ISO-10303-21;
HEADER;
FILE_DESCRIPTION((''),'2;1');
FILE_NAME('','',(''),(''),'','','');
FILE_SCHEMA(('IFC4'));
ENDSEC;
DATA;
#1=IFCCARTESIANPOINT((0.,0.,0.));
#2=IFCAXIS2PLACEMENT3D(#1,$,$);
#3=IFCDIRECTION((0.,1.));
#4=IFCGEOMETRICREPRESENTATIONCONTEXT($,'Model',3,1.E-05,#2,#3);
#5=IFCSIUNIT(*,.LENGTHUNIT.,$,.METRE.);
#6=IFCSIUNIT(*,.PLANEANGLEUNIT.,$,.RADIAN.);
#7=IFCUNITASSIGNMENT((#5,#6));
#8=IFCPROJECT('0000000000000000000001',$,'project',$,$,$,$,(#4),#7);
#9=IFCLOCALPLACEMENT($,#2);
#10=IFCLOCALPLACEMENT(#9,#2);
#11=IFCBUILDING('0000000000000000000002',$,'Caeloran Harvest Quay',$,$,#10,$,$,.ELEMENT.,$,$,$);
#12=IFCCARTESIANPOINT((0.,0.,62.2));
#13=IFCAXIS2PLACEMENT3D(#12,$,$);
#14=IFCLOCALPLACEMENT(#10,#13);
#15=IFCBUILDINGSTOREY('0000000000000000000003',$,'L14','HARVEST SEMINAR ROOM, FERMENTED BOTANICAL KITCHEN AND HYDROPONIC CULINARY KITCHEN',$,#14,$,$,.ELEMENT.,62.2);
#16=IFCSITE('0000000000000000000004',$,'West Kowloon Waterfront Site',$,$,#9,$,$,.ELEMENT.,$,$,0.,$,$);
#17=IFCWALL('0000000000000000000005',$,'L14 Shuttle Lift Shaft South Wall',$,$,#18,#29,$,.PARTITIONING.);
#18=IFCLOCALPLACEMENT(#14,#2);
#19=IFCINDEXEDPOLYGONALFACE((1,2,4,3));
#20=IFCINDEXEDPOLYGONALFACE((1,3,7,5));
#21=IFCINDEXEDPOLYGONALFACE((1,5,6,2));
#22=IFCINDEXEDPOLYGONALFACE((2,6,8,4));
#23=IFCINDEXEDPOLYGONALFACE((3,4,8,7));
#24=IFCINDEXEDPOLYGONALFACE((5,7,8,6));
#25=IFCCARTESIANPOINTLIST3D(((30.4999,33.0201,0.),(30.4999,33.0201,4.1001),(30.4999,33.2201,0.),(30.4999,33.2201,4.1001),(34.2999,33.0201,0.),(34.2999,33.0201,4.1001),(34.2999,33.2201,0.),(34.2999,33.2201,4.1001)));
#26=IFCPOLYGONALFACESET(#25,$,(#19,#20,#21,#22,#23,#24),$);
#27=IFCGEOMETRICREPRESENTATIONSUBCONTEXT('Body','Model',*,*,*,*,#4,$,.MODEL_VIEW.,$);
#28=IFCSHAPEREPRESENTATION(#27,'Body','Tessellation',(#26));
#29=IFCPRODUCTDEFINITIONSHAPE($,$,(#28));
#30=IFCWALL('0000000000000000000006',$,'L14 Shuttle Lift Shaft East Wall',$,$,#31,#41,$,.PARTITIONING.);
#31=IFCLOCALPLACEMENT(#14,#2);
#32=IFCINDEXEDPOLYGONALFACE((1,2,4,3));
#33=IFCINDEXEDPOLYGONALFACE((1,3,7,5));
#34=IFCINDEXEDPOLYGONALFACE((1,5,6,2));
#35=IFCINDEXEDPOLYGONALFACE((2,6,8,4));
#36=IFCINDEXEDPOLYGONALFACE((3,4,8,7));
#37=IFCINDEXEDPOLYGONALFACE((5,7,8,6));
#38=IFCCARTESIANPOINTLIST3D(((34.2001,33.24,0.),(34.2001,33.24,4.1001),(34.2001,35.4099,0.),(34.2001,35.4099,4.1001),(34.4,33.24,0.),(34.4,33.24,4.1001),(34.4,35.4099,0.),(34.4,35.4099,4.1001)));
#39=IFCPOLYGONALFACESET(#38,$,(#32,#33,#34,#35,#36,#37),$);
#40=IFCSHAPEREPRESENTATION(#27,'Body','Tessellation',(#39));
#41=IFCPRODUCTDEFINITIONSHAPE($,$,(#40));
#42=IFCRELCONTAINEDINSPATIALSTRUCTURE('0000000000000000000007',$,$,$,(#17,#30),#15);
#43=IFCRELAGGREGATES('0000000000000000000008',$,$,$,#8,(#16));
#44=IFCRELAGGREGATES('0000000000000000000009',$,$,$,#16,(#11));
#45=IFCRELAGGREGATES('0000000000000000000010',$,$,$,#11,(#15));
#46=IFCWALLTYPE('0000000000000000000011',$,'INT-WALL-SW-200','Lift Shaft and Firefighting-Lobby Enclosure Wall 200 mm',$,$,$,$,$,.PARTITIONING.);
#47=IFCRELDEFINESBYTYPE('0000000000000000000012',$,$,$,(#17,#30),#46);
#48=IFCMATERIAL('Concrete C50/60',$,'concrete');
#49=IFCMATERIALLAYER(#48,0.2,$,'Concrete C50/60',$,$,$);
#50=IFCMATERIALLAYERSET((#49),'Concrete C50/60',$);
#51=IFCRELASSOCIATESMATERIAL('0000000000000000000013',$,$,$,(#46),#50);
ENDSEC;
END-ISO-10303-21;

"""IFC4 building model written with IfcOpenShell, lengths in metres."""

from ifc_helpers import new_model, si_unit, direction, frame, frame_2d, origin, place, context, subcontext, project, spatial, rectangle, extrude, material, layer, layer_set, type_object, element, save


model = new_model("IFC4")

# Units and contexts
model_context = context("Model", 3, precision=1e-05, world=origin(), true_north=direction((0.0, 1.0)))
body_context = subcontext(model_context, "Body", "Model", "MODEL_VIEW")
ifc_project = project(units=[si_unit("LENGTHUNIT", "METRE"), si_unit("PLANEANGLEUNIT", "RADIAN")], contexts=[model_context])

# Site, building, storey
site_placement = place(None, origin())
site = spatial("IfcSite", under=ifc_project, at=site_placement, Name="West Kowloon Waterfront Site", CompositionType="ELEMENT", RefElevation=0.0)
building_placement = place(site_placement, origin())
building = spatial("IfcBuilding", under=site, at=building_placement, Name="Caeloran Harvest Quay", CompositionType="ELEMENT")
storey_placement = place(building_placement, frame((0.0, 0.0, 62.2)))
storey = spatial("IfcBuildingStorey", under=building, at=storey_placement, Name="L14", Description="HARVEST SEMINAR ROOM, FERMENTED BOTANICAL KITCHEN AND HYDROPONIC CULINARY KITCHEN", CompositionType="ELEMENT", Elevation=62.2)

# Walls
ifc_material_1 = material(Name="Concrete C50/60", Category="concrete")
ifc_layer_1 = layer(ifc_material_1, 0.2, Name="Concrete C50/60")
ifc_layer_set_1 = layer_set([ifc_layer_1], Name="Concrete C50/60")
wall_type_1 = type_object("IfcWallType", Name="INT-WALL-SW-200", Description="Lift Shaft and Firefighting-Lobby Enclosure Wall 200 mm", PredefinedType="PARTITIONING", material=ifc_layer_set_1)
for number, where, z_axis, x_axis, name in (
    (1, (30.5, 33.1201, 0.0), (0.0, 0.0, 1.0), (1.0, 0.0, 0.0), "L14 Shuttle Lift Shaft South Wall"),
):
    element("IfcWall", number, at=place(storey_placement, frame(where, z_axis=z_axis, x_axis=x_axis)), inside=storey, type_object=wall_type_1, Name=name, PredefinedType="PARTITIONING", context=body_context, shape_type="SweptSolid", body=[
        extrude(rectangle(XDim=3.8, YDim=0.2, at=frame_2d((1.8999, 0.0))), origin(), (0.0, 0.0, 1.0), 4.1001),
    ])
wall_1_placement = place(storey_placement, frame((34.3, 33.24, 0.0), z_axis=(0.0, 0.0, 1.0), x_axis=(0.0, 1.0, 0.0)))
element("IfcWall", 2, at=wall_1_placement, inside=storey, type_object=wall_type_1, Name="L14 Shuttle Lift Shaft East Wall", PredefinedType="PARTITIONING", context=body_context, shape_type="SweptSolid", body=[
    extrude(rectangle(XDim=2.1699, YDim=0.2, at=frame_2d((1.085, 0.0))), origin(), (0.0, 0.0, 1.0), 4.1001),
])

save(model, "model.ifc")
